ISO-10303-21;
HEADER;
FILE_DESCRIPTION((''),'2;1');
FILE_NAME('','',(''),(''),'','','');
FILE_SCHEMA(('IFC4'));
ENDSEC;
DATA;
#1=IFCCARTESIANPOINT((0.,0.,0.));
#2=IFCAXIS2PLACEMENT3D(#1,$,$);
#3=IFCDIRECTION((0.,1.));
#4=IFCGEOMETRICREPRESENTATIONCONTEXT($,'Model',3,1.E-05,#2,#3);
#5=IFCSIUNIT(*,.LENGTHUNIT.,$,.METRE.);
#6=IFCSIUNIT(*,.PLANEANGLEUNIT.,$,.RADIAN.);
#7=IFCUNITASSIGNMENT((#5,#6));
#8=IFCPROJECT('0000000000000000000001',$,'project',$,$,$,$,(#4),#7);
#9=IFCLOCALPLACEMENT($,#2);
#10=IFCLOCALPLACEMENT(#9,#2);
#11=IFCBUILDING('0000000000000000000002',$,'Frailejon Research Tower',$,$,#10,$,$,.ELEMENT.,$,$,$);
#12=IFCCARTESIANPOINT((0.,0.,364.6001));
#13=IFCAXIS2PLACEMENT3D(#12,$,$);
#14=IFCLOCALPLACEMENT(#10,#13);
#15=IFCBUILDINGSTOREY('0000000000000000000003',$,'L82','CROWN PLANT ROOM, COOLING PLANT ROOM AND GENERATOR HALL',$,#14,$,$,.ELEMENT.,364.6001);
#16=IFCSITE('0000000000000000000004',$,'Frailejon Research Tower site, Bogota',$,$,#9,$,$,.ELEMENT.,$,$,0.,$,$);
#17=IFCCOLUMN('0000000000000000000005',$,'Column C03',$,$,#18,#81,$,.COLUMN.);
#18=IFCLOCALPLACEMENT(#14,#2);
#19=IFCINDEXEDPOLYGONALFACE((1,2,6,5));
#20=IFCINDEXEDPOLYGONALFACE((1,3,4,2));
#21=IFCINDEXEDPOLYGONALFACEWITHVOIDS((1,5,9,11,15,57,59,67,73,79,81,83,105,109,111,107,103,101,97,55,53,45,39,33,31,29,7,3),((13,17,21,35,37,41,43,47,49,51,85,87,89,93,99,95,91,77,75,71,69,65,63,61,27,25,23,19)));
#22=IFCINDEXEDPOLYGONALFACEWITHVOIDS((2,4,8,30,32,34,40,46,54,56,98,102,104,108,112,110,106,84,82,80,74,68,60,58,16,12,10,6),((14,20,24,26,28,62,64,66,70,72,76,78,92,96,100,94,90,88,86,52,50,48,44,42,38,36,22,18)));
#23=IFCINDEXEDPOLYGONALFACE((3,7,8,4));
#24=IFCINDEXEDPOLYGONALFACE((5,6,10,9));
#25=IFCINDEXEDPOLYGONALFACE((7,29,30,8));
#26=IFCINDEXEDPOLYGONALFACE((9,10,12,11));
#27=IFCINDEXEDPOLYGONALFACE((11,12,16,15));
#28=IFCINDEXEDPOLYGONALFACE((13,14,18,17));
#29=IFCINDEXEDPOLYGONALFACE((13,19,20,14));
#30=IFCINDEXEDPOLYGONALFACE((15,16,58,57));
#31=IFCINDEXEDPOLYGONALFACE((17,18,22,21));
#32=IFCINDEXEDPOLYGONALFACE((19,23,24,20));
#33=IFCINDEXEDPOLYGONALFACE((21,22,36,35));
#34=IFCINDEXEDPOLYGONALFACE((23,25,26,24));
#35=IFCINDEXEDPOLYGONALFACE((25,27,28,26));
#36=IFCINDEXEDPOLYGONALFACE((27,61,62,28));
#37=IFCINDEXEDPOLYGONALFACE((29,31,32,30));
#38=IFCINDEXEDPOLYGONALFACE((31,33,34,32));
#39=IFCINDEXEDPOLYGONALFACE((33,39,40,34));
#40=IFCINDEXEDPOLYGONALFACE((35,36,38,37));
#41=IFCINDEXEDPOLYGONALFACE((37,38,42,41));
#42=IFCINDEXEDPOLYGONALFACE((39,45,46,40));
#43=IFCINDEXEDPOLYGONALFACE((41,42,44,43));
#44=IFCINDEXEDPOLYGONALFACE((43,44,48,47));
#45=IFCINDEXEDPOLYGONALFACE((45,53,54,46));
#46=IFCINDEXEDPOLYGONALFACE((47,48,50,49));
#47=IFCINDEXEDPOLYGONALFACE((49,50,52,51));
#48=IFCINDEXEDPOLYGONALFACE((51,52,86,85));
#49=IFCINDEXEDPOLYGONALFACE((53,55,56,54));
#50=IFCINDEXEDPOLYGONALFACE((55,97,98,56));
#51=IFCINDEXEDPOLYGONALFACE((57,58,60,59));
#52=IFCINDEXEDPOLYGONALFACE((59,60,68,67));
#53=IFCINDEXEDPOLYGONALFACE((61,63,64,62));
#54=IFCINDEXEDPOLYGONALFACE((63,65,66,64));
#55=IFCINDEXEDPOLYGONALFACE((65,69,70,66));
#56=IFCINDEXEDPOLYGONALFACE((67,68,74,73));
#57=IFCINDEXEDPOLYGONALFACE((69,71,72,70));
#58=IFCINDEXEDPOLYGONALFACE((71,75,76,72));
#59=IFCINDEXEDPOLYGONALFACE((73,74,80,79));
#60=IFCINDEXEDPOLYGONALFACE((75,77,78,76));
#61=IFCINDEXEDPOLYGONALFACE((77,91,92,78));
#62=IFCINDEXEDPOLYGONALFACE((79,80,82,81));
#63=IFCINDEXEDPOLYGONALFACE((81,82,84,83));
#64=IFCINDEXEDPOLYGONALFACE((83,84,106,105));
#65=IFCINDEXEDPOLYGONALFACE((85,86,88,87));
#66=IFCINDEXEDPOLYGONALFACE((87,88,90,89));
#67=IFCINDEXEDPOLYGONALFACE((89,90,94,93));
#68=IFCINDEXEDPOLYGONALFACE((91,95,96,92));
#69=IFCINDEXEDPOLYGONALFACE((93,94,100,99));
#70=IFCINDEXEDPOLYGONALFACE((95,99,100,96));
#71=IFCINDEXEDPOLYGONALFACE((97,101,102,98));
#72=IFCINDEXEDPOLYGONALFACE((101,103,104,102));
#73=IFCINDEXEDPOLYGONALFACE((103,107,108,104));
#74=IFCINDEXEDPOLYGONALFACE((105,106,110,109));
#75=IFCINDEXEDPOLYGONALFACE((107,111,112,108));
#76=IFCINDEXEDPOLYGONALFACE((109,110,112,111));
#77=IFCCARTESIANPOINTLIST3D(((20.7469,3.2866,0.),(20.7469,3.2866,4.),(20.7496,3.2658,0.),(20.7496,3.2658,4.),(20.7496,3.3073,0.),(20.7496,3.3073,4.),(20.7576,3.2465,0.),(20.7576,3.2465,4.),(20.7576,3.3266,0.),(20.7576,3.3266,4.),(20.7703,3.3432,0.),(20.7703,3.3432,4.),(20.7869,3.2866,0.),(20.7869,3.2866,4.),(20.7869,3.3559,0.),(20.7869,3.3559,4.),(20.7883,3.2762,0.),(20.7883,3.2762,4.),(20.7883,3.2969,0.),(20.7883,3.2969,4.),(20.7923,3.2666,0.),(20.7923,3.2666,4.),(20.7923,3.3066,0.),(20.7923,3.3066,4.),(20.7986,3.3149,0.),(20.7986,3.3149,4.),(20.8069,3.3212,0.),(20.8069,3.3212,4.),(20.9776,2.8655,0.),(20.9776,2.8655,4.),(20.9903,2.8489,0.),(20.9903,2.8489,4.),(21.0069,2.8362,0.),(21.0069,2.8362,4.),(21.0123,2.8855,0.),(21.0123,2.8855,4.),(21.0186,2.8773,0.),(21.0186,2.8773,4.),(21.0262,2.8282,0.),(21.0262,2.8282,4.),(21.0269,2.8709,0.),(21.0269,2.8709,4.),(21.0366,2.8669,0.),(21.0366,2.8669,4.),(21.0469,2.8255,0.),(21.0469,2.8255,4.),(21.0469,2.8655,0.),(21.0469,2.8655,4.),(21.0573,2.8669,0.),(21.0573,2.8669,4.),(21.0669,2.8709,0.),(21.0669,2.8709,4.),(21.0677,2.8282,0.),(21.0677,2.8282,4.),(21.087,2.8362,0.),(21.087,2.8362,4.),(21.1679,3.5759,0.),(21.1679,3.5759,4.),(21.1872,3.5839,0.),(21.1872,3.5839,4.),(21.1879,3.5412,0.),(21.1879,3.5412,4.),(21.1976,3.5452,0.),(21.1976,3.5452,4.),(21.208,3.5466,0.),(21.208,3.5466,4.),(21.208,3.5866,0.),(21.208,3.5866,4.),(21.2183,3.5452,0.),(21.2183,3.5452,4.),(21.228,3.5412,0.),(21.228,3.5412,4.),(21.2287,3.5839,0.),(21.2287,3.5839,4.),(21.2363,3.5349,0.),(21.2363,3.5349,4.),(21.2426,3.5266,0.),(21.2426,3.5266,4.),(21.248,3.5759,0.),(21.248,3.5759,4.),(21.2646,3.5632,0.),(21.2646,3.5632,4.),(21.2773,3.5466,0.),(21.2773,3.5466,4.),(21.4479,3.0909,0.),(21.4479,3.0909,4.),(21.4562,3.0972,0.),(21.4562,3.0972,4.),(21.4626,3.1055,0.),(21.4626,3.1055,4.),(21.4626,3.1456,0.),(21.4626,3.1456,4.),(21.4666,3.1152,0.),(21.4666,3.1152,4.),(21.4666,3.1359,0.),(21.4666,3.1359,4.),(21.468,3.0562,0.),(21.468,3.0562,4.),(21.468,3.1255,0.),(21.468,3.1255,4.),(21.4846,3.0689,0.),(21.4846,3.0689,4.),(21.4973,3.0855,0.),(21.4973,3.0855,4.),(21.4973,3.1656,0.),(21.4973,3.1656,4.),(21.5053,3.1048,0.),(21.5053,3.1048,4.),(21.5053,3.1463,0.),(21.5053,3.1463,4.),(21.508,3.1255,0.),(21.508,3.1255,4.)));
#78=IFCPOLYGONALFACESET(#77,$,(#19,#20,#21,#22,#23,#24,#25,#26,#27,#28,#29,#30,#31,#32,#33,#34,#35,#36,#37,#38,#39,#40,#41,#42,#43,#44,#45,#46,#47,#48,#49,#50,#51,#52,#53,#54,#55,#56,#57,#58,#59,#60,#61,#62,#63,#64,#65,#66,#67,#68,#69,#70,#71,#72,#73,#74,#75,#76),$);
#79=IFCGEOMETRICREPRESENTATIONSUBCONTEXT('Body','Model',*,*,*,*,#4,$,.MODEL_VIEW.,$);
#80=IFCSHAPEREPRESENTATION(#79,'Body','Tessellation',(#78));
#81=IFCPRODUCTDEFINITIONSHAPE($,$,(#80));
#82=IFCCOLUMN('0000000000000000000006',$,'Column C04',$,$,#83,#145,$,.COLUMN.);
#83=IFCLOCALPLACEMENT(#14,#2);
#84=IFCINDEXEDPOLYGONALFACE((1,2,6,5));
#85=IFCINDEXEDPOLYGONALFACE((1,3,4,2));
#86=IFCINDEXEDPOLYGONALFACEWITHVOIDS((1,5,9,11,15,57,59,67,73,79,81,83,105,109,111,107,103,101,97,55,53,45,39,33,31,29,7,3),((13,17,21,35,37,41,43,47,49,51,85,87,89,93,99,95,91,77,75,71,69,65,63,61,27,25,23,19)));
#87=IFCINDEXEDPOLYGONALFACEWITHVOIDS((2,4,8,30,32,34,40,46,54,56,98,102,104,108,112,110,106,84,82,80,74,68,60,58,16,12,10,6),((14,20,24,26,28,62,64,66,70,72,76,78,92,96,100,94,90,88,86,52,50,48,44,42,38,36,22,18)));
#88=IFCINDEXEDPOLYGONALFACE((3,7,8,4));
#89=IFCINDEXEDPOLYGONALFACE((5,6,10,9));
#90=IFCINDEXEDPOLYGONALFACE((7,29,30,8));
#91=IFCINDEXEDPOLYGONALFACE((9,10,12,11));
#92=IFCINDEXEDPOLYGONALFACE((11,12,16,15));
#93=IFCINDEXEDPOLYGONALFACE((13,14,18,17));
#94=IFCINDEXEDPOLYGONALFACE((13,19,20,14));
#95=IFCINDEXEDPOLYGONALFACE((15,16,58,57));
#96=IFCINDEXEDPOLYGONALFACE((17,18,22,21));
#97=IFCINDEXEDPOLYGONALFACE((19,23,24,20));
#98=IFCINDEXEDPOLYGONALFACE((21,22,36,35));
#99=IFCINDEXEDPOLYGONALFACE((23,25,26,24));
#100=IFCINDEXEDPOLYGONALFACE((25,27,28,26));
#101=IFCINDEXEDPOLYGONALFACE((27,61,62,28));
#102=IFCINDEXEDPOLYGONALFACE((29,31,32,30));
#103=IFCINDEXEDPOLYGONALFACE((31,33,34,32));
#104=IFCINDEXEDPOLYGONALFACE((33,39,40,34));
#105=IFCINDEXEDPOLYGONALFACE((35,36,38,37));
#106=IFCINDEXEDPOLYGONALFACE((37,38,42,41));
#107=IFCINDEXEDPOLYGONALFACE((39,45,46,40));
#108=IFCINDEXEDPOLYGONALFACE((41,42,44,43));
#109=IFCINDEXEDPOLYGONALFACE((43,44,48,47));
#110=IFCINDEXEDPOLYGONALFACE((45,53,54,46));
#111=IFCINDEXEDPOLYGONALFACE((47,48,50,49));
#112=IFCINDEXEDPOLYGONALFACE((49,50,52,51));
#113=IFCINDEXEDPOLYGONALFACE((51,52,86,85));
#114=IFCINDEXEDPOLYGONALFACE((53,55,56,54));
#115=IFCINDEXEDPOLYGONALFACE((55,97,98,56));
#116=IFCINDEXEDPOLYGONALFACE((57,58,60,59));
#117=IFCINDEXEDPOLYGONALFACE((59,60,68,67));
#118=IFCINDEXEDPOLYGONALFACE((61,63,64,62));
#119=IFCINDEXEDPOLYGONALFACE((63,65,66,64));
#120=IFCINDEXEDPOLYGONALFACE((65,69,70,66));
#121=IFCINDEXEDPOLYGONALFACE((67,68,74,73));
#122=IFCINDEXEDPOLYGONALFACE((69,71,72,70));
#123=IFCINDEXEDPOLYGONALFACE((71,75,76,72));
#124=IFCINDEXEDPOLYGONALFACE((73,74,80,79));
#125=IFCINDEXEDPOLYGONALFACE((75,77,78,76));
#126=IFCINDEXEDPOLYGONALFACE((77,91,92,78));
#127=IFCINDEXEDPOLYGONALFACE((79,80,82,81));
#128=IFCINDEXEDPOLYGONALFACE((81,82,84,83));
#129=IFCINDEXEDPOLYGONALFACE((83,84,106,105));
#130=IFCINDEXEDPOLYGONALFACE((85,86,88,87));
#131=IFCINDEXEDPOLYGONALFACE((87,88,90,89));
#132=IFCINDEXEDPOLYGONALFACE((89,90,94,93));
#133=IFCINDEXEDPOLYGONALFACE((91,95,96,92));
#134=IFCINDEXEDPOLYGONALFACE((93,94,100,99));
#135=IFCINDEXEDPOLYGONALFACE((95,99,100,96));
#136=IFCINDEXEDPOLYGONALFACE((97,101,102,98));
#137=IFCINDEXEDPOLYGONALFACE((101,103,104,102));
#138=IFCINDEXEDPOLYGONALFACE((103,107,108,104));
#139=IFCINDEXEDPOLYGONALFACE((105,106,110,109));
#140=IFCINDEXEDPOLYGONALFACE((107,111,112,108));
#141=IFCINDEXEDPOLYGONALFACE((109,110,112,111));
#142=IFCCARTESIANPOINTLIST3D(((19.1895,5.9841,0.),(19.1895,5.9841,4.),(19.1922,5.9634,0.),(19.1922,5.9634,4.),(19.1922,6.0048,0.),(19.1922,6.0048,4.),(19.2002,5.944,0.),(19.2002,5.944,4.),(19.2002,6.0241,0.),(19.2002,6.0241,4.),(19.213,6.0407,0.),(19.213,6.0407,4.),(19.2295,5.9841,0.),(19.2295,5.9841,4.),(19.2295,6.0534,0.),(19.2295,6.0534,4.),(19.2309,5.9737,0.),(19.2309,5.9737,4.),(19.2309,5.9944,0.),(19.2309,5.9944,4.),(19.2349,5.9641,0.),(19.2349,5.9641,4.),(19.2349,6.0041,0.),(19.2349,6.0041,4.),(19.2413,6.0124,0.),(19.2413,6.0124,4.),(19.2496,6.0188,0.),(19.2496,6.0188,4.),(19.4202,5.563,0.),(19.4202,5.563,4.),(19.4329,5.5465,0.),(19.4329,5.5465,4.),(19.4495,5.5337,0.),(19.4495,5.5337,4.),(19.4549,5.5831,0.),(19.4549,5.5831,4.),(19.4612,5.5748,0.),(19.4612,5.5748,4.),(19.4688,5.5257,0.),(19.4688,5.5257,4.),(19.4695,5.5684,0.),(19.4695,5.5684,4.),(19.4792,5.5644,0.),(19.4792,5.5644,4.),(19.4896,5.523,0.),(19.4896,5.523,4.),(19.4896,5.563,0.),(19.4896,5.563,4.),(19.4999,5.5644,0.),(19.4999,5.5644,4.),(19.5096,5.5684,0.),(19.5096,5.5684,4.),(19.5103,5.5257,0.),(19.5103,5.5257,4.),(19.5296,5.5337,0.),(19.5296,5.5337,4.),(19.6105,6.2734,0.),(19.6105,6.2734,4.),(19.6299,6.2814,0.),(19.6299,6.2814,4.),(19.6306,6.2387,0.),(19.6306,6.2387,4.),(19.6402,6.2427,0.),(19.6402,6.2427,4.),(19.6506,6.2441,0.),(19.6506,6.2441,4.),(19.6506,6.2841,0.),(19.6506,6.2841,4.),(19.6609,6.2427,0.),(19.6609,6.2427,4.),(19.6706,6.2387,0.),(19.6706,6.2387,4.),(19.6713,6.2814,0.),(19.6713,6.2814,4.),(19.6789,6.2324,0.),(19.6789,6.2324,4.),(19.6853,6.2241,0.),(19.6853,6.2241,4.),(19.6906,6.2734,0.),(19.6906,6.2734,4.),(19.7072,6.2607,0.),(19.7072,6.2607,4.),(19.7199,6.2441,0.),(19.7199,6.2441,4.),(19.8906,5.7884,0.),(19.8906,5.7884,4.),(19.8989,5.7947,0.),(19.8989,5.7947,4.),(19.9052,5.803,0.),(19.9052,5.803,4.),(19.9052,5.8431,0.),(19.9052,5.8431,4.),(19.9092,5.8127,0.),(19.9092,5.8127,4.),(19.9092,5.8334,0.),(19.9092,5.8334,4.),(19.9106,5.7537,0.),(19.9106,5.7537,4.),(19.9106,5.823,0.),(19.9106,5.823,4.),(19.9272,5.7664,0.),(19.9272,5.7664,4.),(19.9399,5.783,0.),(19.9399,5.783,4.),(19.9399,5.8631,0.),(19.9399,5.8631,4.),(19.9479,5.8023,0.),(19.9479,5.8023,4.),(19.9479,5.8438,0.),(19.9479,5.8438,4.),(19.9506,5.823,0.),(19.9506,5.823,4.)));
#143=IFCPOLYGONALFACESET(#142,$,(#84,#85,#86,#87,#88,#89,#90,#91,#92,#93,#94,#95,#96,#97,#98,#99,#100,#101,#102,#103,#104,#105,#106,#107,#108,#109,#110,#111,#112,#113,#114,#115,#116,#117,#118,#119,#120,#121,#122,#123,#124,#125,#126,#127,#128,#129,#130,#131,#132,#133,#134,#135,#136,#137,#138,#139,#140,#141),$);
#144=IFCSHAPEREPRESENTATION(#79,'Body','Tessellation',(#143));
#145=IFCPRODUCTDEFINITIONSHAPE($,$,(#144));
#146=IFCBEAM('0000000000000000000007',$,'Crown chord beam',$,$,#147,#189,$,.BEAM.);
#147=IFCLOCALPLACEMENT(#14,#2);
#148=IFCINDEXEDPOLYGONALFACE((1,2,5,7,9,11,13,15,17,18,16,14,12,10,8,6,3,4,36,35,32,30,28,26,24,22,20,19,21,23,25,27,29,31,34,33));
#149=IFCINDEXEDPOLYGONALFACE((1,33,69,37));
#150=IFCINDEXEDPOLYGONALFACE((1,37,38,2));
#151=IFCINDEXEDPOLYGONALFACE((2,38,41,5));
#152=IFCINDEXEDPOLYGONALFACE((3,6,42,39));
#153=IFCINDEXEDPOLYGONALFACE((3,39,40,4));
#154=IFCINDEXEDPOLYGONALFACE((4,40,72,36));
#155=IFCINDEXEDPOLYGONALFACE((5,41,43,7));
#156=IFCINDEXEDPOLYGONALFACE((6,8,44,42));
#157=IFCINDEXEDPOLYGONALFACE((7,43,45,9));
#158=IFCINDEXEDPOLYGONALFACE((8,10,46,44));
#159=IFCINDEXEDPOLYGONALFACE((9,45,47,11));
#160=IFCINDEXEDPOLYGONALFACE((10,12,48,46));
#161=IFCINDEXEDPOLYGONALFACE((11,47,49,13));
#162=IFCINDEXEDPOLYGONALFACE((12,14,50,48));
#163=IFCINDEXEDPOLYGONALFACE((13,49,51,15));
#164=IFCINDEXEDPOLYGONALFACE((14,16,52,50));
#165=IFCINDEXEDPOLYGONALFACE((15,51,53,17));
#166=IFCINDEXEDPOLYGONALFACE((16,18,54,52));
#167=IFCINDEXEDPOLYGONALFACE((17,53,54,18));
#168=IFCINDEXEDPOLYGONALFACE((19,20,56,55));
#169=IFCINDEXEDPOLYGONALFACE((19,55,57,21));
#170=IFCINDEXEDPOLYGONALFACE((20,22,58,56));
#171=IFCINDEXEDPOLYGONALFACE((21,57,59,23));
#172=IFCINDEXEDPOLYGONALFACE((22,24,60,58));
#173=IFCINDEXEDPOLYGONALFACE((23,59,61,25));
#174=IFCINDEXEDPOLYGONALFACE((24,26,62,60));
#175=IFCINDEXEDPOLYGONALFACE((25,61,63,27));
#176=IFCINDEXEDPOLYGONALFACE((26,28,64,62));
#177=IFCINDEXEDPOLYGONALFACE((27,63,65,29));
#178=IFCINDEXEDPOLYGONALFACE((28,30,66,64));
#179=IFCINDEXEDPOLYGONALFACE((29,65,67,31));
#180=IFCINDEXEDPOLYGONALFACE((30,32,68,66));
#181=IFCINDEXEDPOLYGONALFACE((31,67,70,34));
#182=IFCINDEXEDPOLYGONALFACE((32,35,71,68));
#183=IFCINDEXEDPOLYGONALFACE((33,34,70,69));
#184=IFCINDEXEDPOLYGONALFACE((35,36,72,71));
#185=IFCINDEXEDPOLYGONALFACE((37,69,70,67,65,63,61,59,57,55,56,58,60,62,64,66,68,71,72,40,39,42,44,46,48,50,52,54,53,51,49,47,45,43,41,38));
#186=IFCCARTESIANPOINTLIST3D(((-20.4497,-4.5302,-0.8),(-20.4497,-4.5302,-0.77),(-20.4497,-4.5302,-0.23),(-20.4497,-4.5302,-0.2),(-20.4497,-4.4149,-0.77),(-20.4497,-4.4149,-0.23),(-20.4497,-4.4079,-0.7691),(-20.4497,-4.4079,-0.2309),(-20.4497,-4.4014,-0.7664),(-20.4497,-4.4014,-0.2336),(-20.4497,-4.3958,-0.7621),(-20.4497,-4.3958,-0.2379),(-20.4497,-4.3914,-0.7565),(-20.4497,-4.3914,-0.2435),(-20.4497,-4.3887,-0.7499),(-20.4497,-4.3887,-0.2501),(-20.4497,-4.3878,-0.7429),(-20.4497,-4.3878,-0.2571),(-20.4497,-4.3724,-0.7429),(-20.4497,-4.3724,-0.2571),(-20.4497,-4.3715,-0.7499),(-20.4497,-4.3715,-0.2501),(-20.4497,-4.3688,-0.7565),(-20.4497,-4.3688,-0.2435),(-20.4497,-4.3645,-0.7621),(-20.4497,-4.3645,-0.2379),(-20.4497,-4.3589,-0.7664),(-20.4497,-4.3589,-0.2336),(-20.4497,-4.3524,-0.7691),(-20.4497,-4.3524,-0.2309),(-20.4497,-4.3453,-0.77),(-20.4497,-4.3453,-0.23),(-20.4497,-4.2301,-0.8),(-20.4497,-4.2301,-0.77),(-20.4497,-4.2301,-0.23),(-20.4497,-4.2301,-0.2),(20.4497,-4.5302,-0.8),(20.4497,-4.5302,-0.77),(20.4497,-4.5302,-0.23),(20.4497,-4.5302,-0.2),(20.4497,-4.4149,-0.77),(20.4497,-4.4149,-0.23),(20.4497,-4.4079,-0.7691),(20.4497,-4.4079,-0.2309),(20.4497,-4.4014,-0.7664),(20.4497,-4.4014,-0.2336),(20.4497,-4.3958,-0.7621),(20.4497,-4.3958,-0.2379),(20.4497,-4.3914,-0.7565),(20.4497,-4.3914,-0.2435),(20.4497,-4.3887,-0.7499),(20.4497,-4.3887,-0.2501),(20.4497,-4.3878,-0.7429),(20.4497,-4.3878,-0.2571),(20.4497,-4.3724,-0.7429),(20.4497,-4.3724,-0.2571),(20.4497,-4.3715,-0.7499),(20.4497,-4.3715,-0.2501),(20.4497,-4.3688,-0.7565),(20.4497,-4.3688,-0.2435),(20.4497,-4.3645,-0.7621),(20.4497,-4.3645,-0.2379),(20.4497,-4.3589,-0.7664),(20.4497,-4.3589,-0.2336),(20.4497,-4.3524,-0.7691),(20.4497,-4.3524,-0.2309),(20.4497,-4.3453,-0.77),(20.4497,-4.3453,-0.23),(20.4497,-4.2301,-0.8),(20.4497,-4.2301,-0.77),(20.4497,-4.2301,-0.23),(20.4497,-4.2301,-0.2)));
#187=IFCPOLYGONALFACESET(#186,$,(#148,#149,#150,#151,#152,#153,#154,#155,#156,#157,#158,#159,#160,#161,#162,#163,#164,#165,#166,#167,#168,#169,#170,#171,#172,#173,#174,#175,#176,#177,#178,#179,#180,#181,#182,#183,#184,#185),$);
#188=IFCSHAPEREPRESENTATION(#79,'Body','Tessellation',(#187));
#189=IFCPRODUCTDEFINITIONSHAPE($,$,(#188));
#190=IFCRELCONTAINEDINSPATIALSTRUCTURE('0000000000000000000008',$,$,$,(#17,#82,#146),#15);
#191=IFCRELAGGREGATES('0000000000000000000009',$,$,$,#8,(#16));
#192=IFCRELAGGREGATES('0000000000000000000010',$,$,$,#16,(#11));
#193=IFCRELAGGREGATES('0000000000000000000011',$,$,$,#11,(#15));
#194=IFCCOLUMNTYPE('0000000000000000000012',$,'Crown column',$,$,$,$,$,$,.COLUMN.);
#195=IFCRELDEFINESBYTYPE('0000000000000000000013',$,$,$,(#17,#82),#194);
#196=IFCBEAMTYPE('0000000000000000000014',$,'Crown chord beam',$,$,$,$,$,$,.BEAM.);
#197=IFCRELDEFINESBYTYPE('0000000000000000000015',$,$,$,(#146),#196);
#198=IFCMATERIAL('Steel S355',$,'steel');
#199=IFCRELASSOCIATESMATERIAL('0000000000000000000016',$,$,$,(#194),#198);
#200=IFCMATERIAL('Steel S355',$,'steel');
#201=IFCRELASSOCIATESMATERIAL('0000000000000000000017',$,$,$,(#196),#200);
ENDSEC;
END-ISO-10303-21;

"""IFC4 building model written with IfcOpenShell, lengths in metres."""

from ifc_helpers import new_model, si_unit, direction, frame, origin, origin_2d, place, context, subcontext, project, spatial, hollow_rectangle, i_section, extrude, material, material_profile, profile_set, type_object, element, save


model = new_model("IFC4")

# Units and contexts
model_context = context("Model", 3, precision=1e-05, world=origin(), true_north=direction((0.0, 1.0)))
body_context = subcontext(model_context, "Body", "Model", "MODEL_VIEW")
ifc_project = project(units=[si_unit("LENGTHUNIT", "METRE"), si_unit("PLANEANGLEUNIT", "RADIAN")], contexts=[model_context])

# Site, building, storey
site_placement = place(None, origin())
site = spatial("IfcSite", under=ifc_project, at=site_placement, Name="Frailejon Research Tower site, Bogota", CompositionType="ELEMENT", RefElevation=0.0)
building_placement = place(site_placement, origin())
building = spatial("IfcBuilding", under=site, at=building_placement, Name="Frailejon Research Tower", CompositionType="ELEMENT")
storey_placement = place(building_placement, frame((0.0, 0.0, 364.6001)))
storey = spatial("IfcBuildingStorey", under=building, at=storey_placement, Name="L82", Description="CROWN PLANT ROOM, COOLING PLANT ROOM AND GENERATOR HALL", CompositionType="ELEMENT", Elevation=364.6001)

# Columns
ifc_material_1 = material(Name="Steel S355", Category="steel")
ifc_material_profile_1 = material_profile(ifc_material_1, hollow_rectangle(XDim=0.6001, YDim=0.6001, WallThickness=0.04, InnerFilletRadius=0.04, OuterFilletRadius=0.0801, at=origin_2d()), Name="Crown column")
ifc_profile_set_1 = profile_set([ifc_material_profile_1], Name="Steel S355")
column_type = type_object("IfcColumnType", Name="Crown column", PredefinedType="COLUMN", material=ifc_profile_set_1)
for number, where, z_axis, x_axis, name in (
    (1, (21.1274, 3.2061, 0.0), (0.0, 0.0, 1.0), (-0.5, 0.866025, 0.0), "Column C03"),
    (2, (19.5701, 5.9036, 0.0), (0.0, 0.0, 1.0), (-0.5, 0.866025, 0.0), "Column C04"),
):
    element("IfcColumn", number, at=place(storey_placement, frame(where, z_axis=z_axis, x_axis=x_axis)), inside=storey, type_object=column_type, Name=name, PredefinedType="COLUMN", context=body_context, shape_type="SweptSolid", body=[
        extrude(hollow_rectangle(XDim=0.6001, YDim=0.6001, WallThickness=0.04, InnerFilletRadius=0.04, OuterFilletRadius=0.0801, at=origin_2d()), origin(), (0.0, 0.0, 1.0), 4.0),
    ])

# Beam
ifc_material_2 = material(Name="Steel S355", Category="steel")
ifc_material_profile_2 = material_profile(ifc_material_2, i_section(OverallWidth=0.3, OverallDepth=0.6001, WebThickness=0.0154, FlangeThickness=0.03, FilletRadius=0.0271, at=origin_2d()), Name="HE 600 B")
ifc_profile_set_2 = profile_set([ifc_material_profile_2], Name="Steel S355")
beam_type_1 = type_object("IfcBeamType", Name="Crown chord beam", PredefinedType="BEAM", material=ifc_profile_set_2)
beam_1_placement = place(storey_placement, frame((20.4497, -4.3801, -0.5), z_axis=(-1.0, 0.0, 0.0), x_axis=(0.0, -1.0, 0.0)))
element("IfcBeam", 3, at=beam_1_placement, inside=storey, type_object=beam_type_1, Name="Crown chord beam", PredefinedType="BEAM", context=body_context, shape_type="SweptSolid", body=[
    extrude(i_section(OverallWidth=0.3, OverallDepth=0.6001, WebThickness=0.0154, FlangeThickness=0.03, FilletRadius=0.0271, at=origin_2d()), origin(), (0.0, 0.0, 1.0), 40.8994),
])

save(model, "model.ifc")
